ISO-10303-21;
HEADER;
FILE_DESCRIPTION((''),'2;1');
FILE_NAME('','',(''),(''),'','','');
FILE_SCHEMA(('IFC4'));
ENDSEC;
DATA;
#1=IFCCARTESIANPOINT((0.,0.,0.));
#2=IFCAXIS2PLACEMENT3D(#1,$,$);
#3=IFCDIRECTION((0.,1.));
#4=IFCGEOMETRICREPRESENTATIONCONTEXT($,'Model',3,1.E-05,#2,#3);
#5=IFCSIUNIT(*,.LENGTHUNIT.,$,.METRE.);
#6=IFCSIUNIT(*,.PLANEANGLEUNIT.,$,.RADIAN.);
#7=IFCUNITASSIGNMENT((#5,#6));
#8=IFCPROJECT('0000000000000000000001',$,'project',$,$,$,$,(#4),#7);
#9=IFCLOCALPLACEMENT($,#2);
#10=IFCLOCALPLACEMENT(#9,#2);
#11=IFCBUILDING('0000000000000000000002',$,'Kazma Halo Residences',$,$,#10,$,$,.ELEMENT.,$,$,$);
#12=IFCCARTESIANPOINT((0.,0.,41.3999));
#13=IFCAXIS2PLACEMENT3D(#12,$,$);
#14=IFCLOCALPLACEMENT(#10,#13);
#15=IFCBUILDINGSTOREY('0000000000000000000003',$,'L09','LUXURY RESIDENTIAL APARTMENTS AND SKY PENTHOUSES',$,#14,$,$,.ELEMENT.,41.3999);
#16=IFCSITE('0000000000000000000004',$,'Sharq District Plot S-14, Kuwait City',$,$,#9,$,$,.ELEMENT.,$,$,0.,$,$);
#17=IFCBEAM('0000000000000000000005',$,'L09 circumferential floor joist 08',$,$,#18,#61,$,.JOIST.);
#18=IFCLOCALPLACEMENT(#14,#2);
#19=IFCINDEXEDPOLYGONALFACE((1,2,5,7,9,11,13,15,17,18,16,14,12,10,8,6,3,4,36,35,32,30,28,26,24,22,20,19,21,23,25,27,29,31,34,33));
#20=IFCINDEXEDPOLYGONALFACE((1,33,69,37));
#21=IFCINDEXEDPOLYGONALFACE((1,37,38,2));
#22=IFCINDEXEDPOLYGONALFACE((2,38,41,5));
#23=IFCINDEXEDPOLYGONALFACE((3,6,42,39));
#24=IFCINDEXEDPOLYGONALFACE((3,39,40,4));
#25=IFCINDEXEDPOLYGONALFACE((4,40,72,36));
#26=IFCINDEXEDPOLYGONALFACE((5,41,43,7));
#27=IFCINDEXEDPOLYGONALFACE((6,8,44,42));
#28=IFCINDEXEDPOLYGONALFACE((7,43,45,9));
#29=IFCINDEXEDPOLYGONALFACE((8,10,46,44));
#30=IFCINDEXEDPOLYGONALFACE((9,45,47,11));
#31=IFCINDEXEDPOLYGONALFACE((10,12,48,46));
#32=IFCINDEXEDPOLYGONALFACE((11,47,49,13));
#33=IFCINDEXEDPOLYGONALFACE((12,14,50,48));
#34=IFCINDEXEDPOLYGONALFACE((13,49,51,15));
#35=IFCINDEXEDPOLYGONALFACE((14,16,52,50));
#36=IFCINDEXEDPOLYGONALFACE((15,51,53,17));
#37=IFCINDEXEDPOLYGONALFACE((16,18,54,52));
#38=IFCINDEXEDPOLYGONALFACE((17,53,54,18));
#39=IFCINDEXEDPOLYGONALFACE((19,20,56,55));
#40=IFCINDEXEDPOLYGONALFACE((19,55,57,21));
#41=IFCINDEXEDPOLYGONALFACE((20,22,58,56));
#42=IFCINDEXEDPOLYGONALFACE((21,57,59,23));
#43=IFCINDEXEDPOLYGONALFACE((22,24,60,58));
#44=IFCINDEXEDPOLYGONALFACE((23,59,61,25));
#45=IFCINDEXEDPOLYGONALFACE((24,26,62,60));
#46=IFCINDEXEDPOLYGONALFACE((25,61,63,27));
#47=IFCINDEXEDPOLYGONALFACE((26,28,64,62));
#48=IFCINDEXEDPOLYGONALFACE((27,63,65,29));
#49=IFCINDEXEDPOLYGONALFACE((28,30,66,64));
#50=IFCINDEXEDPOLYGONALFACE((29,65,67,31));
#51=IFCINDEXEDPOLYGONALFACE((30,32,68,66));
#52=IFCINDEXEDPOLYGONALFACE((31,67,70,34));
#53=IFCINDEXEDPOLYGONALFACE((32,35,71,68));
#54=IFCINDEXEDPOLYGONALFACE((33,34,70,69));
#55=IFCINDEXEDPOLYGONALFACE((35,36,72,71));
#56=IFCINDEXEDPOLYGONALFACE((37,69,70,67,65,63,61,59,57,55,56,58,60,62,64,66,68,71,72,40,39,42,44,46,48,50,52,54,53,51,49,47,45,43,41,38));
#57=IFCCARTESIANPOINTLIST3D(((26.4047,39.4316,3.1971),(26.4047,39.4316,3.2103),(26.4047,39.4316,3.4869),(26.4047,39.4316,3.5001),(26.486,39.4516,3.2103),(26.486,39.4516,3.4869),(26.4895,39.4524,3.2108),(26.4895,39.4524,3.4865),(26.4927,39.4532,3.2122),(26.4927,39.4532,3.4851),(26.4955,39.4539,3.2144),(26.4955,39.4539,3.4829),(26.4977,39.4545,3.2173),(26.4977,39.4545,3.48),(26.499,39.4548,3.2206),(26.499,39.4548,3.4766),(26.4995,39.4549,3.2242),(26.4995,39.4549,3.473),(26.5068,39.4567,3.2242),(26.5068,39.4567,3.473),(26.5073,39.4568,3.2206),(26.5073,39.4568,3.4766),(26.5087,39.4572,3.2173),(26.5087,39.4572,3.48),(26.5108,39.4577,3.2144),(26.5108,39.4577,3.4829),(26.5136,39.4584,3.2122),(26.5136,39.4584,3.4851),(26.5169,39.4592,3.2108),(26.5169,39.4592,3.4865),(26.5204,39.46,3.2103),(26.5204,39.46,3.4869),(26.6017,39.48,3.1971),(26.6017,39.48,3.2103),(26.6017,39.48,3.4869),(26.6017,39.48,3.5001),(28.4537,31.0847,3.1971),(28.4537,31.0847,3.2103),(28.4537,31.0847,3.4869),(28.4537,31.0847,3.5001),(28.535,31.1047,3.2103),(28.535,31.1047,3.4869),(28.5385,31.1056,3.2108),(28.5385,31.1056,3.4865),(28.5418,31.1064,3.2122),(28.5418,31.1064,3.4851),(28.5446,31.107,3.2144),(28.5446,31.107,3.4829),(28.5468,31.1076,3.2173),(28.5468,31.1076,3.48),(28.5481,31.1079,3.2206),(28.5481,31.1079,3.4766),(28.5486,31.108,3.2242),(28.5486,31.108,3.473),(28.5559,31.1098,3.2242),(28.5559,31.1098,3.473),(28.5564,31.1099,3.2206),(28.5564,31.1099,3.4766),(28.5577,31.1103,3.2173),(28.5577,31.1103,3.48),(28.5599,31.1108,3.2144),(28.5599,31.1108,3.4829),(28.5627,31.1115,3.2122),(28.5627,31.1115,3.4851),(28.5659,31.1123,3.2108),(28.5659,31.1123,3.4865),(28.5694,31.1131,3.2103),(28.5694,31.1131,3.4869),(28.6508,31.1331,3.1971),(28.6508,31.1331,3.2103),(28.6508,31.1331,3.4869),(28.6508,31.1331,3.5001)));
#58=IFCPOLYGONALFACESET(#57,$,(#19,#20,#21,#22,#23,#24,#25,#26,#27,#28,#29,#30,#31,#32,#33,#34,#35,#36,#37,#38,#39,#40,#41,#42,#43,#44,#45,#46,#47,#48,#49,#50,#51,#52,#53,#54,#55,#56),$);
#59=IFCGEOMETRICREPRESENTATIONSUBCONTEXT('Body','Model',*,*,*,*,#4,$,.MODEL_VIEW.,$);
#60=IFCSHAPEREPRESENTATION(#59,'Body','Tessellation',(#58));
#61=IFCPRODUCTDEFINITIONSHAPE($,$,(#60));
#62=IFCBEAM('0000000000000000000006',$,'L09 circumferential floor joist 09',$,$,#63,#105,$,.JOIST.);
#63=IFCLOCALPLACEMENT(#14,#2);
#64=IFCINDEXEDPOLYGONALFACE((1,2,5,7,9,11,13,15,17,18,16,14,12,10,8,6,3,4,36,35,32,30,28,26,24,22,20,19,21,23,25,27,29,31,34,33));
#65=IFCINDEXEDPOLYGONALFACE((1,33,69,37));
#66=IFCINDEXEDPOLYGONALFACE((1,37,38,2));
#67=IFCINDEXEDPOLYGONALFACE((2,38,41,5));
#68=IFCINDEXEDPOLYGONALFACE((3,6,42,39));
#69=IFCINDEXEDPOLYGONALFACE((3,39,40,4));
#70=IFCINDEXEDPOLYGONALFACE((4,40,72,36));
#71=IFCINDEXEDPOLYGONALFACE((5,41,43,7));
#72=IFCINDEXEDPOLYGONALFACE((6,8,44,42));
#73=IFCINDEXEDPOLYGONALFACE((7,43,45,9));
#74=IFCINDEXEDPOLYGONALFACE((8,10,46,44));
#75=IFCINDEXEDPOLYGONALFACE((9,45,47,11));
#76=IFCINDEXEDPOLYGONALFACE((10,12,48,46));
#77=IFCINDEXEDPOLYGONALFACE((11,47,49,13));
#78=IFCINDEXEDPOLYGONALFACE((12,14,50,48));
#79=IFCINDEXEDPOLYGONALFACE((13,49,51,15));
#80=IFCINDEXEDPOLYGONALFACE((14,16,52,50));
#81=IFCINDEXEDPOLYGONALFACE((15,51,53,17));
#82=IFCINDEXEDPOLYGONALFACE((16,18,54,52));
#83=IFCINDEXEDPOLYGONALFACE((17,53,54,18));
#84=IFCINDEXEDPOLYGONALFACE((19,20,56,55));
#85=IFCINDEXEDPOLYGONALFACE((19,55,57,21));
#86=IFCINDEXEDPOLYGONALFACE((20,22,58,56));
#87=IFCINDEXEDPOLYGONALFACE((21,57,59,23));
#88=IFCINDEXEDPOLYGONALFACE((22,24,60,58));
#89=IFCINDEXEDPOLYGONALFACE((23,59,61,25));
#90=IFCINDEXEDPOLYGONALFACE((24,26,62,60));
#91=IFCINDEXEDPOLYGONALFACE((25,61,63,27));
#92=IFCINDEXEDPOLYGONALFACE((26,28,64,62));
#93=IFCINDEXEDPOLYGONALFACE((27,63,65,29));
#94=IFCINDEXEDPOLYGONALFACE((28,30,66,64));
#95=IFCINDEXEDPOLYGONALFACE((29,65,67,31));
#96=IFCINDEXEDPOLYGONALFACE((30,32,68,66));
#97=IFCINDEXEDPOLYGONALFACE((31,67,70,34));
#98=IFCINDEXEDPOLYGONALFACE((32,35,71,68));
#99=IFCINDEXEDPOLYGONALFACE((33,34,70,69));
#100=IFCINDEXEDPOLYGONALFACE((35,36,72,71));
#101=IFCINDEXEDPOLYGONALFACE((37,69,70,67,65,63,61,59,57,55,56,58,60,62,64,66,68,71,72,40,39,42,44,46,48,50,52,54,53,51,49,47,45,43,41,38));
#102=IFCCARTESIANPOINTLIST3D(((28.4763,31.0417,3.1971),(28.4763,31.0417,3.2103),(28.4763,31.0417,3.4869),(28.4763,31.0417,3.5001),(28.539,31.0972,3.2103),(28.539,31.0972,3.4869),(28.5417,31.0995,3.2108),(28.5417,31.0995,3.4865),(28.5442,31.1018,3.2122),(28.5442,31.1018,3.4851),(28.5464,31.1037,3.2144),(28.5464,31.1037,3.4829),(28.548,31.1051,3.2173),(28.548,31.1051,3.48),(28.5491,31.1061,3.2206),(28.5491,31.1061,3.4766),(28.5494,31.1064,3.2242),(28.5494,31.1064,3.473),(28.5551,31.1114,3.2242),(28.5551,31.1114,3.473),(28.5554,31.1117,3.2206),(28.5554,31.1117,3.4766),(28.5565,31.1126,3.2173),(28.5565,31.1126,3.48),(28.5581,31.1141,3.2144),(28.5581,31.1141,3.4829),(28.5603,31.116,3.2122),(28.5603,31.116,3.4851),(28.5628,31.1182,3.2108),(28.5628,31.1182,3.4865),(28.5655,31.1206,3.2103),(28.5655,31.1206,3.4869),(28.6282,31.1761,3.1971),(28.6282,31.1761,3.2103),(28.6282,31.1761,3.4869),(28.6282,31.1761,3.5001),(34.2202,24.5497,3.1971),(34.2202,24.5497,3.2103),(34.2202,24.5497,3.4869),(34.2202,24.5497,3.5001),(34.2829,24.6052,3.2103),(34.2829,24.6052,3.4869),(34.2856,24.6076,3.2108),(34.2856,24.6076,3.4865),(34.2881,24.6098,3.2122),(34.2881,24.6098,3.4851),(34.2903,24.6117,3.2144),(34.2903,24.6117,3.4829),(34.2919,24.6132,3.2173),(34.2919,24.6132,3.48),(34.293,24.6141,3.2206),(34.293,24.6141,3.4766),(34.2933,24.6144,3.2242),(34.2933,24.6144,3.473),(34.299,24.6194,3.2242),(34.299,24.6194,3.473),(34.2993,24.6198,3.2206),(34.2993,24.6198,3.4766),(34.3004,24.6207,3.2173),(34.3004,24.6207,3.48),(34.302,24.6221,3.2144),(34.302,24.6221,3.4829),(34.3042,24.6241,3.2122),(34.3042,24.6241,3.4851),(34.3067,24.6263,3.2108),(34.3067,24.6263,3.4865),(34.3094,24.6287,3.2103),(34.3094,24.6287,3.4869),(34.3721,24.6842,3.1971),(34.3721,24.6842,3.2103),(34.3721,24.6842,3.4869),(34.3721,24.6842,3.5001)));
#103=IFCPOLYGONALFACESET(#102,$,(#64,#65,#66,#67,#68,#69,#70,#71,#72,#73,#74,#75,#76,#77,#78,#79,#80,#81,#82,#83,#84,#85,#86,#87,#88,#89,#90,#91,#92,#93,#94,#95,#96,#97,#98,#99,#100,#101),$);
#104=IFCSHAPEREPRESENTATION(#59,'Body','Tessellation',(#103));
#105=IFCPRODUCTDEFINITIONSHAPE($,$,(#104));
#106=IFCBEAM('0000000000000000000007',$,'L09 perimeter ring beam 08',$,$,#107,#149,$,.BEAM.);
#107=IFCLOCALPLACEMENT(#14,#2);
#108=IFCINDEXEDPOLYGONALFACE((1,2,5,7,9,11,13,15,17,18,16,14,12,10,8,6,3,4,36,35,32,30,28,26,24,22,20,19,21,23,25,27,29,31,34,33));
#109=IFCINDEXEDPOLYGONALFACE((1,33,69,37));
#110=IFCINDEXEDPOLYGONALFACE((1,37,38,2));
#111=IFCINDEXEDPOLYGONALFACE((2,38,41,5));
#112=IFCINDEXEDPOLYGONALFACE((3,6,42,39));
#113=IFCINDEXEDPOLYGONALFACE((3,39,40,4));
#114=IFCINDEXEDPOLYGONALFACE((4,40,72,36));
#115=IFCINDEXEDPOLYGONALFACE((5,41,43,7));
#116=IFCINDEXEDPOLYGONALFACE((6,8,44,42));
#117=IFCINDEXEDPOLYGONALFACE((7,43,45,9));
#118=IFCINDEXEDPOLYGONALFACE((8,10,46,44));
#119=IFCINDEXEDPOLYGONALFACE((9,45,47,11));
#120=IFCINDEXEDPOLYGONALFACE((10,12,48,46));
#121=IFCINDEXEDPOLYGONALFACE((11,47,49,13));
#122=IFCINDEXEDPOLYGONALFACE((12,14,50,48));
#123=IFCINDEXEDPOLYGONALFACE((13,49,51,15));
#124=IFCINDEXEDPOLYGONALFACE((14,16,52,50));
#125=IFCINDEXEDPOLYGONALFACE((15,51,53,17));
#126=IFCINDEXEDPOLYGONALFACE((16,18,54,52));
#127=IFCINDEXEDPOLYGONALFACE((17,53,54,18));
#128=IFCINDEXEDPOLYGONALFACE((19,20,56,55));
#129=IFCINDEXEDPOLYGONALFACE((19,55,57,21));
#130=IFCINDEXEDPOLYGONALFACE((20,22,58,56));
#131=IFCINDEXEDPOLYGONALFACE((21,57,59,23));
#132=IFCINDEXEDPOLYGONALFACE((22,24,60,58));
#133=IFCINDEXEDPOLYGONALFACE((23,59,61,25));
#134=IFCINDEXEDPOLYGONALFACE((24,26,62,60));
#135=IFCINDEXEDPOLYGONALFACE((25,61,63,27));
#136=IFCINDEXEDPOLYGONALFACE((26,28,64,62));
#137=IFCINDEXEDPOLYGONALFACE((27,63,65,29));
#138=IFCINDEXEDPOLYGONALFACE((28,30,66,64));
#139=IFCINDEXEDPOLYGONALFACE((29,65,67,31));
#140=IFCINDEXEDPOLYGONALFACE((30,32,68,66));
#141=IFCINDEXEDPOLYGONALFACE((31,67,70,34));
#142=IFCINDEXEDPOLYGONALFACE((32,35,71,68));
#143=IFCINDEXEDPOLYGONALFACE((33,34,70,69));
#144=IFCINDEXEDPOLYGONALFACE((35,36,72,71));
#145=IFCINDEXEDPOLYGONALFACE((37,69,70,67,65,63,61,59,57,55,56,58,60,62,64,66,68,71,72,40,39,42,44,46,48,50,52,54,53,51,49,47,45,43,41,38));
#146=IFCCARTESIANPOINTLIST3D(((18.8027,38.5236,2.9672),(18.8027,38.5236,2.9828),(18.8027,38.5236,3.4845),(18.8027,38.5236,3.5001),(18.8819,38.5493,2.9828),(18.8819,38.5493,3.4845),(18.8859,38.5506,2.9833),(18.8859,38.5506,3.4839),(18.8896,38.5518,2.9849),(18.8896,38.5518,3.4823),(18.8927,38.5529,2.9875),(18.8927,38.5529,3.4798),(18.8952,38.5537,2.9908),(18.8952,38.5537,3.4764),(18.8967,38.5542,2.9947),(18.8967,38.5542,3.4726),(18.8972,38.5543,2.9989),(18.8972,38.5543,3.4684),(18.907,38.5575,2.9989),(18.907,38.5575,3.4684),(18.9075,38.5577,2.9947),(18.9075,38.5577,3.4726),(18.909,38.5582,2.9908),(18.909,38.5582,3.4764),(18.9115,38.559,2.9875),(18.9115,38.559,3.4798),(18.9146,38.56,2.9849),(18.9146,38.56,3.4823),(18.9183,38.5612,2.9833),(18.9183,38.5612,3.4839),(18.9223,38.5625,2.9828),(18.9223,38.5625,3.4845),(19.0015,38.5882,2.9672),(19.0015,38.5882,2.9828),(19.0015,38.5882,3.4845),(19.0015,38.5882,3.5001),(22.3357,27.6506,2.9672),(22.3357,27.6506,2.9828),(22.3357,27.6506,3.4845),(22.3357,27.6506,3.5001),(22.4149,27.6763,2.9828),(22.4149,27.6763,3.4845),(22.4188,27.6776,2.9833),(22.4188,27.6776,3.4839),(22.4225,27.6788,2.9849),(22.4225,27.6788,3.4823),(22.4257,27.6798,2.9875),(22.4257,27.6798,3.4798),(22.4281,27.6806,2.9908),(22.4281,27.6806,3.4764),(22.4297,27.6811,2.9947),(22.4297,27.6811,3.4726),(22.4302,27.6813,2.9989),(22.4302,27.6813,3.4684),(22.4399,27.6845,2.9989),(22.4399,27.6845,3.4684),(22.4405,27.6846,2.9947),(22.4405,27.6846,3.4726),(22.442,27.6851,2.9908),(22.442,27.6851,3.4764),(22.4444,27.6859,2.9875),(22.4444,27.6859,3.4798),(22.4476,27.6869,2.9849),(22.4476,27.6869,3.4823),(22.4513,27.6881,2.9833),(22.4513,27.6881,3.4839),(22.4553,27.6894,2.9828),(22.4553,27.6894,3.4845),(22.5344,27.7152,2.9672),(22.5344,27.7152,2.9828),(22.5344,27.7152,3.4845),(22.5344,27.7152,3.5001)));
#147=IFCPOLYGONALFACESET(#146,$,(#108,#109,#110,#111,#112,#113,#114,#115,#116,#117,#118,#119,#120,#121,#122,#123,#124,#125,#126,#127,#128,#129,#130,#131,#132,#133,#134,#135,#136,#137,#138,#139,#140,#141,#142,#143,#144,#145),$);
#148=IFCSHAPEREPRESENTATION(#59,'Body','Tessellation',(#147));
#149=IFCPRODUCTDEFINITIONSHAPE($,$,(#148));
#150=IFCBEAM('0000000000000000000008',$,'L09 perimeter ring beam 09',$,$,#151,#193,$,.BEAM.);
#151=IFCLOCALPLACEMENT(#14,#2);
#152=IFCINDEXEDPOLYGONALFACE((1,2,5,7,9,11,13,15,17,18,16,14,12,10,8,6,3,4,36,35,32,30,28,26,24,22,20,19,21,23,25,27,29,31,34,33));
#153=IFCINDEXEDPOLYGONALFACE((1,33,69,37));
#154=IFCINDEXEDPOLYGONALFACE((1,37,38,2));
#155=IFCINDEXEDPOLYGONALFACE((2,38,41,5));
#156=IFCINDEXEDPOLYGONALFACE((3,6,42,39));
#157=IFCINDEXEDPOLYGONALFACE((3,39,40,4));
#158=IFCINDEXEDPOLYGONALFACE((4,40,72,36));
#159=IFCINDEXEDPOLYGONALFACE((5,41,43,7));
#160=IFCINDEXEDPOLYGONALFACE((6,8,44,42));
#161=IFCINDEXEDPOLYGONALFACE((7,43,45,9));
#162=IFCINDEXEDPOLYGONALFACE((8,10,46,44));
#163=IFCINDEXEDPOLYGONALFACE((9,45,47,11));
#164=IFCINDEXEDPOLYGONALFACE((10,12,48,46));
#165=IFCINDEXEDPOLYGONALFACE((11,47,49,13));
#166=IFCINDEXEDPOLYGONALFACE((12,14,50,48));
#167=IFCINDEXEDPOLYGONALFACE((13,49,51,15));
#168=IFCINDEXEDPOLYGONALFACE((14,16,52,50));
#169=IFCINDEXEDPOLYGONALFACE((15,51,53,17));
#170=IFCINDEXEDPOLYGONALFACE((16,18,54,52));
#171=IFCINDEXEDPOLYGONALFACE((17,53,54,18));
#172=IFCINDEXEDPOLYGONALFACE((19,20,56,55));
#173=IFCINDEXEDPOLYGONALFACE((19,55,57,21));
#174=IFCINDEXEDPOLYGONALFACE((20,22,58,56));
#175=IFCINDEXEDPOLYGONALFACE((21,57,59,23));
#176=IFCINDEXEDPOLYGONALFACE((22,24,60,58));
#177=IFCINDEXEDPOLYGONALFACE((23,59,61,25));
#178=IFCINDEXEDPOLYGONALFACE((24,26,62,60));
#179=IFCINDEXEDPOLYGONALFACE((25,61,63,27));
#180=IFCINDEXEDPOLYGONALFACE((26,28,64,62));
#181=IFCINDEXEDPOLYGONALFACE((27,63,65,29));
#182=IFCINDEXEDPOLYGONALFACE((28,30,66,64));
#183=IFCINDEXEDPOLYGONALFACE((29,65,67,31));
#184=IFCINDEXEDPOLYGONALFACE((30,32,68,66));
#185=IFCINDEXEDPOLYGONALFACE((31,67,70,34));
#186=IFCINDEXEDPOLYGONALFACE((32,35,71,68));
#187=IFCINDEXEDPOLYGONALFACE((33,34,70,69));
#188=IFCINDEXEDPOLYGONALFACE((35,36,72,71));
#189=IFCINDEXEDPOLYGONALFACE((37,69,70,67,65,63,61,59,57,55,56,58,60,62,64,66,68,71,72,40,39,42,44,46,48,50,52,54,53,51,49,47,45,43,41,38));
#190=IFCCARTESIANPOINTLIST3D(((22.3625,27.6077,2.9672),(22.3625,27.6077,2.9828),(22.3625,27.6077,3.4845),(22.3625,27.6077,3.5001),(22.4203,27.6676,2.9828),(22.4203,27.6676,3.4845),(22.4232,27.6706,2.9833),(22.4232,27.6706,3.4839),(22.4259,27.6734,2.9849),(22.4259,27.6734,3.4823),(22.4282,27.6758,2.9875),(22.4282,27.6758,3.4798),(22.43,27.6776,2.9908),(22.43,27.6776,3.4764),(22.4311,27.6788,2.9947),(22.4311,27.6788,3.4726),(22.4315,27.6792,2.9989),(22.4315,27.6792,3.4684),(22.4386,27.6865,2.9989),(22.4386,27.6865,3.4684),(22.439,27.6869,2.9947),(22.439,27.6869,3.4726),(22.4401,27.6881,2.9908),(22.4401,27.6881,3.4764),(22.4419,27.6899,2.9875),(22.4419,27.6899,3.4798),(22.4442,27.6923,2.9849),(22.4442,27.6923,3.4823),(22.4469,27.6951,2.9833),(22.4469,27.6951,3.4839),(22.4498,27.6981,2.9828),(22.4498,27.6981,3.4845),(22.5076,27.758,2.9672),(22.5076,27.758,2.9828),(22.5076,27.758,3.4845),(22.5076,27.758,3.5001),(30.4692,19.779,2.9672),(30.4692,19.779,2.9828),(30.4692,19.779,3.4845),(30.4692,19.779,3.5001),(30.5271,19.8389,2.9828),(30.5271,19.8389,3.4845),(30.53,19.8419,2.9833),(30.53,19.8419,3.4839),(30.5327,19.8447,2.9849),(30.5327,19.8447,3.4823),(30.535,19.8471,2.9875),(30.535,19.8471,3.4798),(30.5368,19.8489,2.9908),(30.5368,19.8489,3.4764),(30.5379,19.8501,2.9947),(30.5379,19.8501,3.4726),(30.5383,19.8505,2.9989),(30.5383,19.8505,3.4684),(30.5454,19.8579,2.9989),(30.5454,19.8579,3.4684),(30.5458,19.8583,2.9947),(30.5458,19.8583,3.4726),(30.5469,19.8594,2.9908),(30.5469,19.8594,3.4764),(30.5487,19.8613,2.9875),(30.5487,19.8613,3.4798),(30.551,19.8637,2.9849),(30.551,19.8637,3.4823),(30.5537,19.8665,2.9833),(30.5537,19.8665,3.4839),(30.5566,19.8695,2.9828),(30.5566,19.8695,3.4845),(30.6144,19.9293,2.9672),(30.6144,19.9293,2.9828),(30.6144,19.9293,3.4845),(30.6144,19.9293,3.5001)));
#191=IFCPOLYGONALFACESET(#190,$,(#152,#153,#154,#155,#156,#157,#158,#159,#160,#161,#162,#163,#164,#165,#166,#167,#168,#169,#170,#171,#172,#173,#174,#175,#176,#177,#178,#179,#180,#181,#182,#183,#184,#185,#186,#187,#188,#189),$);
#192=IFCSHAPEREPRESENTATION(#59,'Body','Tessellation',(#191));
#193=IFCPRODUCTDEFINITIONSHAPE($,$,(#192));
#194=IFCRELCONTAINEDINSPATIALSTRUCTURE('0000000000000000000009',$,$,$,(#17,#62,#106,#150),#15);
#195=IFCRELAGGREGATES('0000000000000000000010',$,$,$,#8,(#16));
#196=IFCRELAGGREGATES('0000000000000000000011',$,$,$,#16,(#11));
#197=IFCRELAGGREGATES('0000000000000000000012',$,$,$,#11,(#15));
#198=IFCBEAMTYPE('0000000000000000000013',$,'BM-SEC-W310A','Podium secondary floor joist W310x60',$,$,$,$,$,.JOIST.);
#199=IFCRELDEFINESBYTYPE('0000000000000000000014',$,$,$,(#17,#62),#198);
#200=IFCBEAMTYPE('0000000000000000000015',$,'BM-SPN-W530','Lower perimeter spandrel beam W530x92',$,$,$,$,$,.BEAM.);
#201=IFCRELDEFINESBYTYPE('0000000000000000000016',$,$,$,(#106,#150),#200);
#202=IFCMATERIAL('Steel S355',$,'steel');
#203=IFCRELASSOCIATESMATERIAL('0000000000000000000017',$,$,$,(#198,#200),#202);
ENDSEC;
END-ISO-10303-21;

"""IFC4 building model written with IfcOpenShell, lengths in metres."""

from ifc_helpers import new_model, si_unit, direction, frame, origin, origin_2d, place, context, subcontext, project, spatial, i_section, extrude, material, material_profile, profile_set, type_object, element, save


model = new_model("IFC4")

# Units and contexts
model_context = context("Model", 3, precision=1e-05, world=origin(), true_north=direction((0.0, 1.0)))
body_context = subcontext(model_context, "Body", "Model", "MODEL_VIEW")
ifc_project = project(units=[si_unit("LENGTHUNIT", "METRE"), si_unit("PLANEANGLEUNIT", "RADIAN")], contexts=[model_context])

# Site, building, storey
site_placement = place(None, origin())
site = spatial("IfcSite", under=ifc_project, at=site_placement, Name="Sharq District Plot S-14, Kuwait City", CompositionType="ELEMENT", RefElevation=0.0)
building_placement = place(site_placement, origin())
building = spatial("IfcBuilding", under=site, at=building_placement, Name="Kazma Halo Residences", CompositionType="ELEMENT")
storey_placement = place(building_placement, frame((0.0, 0.0, 41.3999)))
storey = spatial("IfcBuildingStorey", under=building, at=storey_placement, Name="L09", Description="LUXURY RESIDENTIAL APARTMENTS AND SKY PENTHOUSES", CompositionType="ELEMENT", Elevation=41.3999)

# Beams
ifc_material_1 = material(Name="Steel S355", Category="steel")
ifc_material_profile_1 = material_profile(ifc_material_1, i_section(OverallWidth=0.2029, OverallDepth=0.303, WebThickness=0.0076, FlangeThickness=0.0132, FilletRadius=0.0139, at=origin_2d()), Name="W310x60")
ifc_profile_set_1 = profile_set([ifc_material_profile_1], Name="Steel S355")
beam_type_1 = type_object("IfcBeamType", Name="BM-SEC-W310A", Description="Podium secondary floor joist W310x60", PredefinedType="JOIST", material=ifc_profile_set_1)
beam_1_placement = place(storey_placement, frame((26.5032, 39.4558, 3.3486), z_axis=(0.23841, -0.971165, 0.0), x_axis=(0.971165, 0.23841, 0.0)))
element("IfcBeam", 1, at=beam_1_placement, inside=storey, type_object=beam_type_1, Name="L09 circumferential floor joist 08", PredefinedType="JOIST", context=body_context, shape_type="SweptSolid", body=[
    extrude(i_section(OverallWidth=0.2029, OverallDepth=0.303, WebThickness=0.0076, FlangeThickness=0.0132, FilletRadius=0.0139, at=origin_2d()), origin(), (0.0, 0.0, 1.0), 8.5947),
])
beam_2_placement = place(storey_placement, frame((28.5522, 31.1089, 3.3486), z_axis=(0.66264, -0.748938, 0.0), x_axis=(0.748938, 0.66264, 0.0)))
element("IfcBeam", 2, at=beam_2_placement, inside=storey, type_object=beam_type_1, Name="L09 circumferential floor joist 09", PredefinedType="JOIST", context=body_context, shape_type="SweptSolid", body=[
    extrude(i_section(OverallWidth=0.2029, OverallDepth=0.303, WebThickness=0.0076, FlangeThickness=0.0132, FilletRadius=0.0139, at=origin_2d()), origin(), (0.0, 0.0, 1.0), 8.6682),
])
ifc_material_profile_2 = material_profile(ifc_material_1, i_section(OverallWidth=0.209, OverallDepth=0.533, WebThickness=0.0103, FlangeThickness=0.0156, FilletRadius=0.0161, at=origin_2d()), Name="W530x92")
ifc_profile_set_2 = profile_set([ifc_material_profile_2], Name="Steel S355")
beam_type_2 = type_object("IfcBeamType", Name="BM-SPN-W530", Description="Lower perimeter spandrel beam W530x92", PredefinedType="BEAM", material=ifc_profile_set_2)
beam_3_placement = place(storey_placement, frame((18.9021, 38.5559, 3.2336), z_axis=(0.309024, -0.951054, 0.0), x_axis=(0.951054, 0.309024, 0.0)))
element("IfcBeam", 3, at=beam_3_placement, inside=storey, type_object=beam_type_2, Name="L09 perimeter ring beam 08", PredefinedType="BEAM", context=body_context, shape_type="SweptSolid", body=[
    extrude(i_section(OverallWidth=0.209, OverallDepth=0.533, WebThickness=0.0103, FlangeThickness=0.0156, FilletRadius=0.0161, at=origin_2d()), origin(), (0.0, 0.0, 1.0), 11.4326),
])
beam_4_placement = place(storey_placement, frame((22.4351, 27.6829, 3.2336), z_axis=(0.719337, -0.694662, 0.0), x_axis=(0.694662, 0.719337, 0.0)))
element("IfcBeam", 4, at=beam_4_placement, inside=storey, type_object=beam_type_2, Name="L09 perimeter ring beam 09", PredefinedType="BEAM", context=body_context, shape_type="SweptSolid", body=[
    extrude(i_section(OverallWidth=0.209, OverallDepth=0.533, WebThickness=0.0103, FlangeThickness=0.0156, FilletRadius=0.0161, at=origin_2d()), origin(), (0.0, 0.0, 1.0), 11.2698),
])

save(model, "model.ifc")
